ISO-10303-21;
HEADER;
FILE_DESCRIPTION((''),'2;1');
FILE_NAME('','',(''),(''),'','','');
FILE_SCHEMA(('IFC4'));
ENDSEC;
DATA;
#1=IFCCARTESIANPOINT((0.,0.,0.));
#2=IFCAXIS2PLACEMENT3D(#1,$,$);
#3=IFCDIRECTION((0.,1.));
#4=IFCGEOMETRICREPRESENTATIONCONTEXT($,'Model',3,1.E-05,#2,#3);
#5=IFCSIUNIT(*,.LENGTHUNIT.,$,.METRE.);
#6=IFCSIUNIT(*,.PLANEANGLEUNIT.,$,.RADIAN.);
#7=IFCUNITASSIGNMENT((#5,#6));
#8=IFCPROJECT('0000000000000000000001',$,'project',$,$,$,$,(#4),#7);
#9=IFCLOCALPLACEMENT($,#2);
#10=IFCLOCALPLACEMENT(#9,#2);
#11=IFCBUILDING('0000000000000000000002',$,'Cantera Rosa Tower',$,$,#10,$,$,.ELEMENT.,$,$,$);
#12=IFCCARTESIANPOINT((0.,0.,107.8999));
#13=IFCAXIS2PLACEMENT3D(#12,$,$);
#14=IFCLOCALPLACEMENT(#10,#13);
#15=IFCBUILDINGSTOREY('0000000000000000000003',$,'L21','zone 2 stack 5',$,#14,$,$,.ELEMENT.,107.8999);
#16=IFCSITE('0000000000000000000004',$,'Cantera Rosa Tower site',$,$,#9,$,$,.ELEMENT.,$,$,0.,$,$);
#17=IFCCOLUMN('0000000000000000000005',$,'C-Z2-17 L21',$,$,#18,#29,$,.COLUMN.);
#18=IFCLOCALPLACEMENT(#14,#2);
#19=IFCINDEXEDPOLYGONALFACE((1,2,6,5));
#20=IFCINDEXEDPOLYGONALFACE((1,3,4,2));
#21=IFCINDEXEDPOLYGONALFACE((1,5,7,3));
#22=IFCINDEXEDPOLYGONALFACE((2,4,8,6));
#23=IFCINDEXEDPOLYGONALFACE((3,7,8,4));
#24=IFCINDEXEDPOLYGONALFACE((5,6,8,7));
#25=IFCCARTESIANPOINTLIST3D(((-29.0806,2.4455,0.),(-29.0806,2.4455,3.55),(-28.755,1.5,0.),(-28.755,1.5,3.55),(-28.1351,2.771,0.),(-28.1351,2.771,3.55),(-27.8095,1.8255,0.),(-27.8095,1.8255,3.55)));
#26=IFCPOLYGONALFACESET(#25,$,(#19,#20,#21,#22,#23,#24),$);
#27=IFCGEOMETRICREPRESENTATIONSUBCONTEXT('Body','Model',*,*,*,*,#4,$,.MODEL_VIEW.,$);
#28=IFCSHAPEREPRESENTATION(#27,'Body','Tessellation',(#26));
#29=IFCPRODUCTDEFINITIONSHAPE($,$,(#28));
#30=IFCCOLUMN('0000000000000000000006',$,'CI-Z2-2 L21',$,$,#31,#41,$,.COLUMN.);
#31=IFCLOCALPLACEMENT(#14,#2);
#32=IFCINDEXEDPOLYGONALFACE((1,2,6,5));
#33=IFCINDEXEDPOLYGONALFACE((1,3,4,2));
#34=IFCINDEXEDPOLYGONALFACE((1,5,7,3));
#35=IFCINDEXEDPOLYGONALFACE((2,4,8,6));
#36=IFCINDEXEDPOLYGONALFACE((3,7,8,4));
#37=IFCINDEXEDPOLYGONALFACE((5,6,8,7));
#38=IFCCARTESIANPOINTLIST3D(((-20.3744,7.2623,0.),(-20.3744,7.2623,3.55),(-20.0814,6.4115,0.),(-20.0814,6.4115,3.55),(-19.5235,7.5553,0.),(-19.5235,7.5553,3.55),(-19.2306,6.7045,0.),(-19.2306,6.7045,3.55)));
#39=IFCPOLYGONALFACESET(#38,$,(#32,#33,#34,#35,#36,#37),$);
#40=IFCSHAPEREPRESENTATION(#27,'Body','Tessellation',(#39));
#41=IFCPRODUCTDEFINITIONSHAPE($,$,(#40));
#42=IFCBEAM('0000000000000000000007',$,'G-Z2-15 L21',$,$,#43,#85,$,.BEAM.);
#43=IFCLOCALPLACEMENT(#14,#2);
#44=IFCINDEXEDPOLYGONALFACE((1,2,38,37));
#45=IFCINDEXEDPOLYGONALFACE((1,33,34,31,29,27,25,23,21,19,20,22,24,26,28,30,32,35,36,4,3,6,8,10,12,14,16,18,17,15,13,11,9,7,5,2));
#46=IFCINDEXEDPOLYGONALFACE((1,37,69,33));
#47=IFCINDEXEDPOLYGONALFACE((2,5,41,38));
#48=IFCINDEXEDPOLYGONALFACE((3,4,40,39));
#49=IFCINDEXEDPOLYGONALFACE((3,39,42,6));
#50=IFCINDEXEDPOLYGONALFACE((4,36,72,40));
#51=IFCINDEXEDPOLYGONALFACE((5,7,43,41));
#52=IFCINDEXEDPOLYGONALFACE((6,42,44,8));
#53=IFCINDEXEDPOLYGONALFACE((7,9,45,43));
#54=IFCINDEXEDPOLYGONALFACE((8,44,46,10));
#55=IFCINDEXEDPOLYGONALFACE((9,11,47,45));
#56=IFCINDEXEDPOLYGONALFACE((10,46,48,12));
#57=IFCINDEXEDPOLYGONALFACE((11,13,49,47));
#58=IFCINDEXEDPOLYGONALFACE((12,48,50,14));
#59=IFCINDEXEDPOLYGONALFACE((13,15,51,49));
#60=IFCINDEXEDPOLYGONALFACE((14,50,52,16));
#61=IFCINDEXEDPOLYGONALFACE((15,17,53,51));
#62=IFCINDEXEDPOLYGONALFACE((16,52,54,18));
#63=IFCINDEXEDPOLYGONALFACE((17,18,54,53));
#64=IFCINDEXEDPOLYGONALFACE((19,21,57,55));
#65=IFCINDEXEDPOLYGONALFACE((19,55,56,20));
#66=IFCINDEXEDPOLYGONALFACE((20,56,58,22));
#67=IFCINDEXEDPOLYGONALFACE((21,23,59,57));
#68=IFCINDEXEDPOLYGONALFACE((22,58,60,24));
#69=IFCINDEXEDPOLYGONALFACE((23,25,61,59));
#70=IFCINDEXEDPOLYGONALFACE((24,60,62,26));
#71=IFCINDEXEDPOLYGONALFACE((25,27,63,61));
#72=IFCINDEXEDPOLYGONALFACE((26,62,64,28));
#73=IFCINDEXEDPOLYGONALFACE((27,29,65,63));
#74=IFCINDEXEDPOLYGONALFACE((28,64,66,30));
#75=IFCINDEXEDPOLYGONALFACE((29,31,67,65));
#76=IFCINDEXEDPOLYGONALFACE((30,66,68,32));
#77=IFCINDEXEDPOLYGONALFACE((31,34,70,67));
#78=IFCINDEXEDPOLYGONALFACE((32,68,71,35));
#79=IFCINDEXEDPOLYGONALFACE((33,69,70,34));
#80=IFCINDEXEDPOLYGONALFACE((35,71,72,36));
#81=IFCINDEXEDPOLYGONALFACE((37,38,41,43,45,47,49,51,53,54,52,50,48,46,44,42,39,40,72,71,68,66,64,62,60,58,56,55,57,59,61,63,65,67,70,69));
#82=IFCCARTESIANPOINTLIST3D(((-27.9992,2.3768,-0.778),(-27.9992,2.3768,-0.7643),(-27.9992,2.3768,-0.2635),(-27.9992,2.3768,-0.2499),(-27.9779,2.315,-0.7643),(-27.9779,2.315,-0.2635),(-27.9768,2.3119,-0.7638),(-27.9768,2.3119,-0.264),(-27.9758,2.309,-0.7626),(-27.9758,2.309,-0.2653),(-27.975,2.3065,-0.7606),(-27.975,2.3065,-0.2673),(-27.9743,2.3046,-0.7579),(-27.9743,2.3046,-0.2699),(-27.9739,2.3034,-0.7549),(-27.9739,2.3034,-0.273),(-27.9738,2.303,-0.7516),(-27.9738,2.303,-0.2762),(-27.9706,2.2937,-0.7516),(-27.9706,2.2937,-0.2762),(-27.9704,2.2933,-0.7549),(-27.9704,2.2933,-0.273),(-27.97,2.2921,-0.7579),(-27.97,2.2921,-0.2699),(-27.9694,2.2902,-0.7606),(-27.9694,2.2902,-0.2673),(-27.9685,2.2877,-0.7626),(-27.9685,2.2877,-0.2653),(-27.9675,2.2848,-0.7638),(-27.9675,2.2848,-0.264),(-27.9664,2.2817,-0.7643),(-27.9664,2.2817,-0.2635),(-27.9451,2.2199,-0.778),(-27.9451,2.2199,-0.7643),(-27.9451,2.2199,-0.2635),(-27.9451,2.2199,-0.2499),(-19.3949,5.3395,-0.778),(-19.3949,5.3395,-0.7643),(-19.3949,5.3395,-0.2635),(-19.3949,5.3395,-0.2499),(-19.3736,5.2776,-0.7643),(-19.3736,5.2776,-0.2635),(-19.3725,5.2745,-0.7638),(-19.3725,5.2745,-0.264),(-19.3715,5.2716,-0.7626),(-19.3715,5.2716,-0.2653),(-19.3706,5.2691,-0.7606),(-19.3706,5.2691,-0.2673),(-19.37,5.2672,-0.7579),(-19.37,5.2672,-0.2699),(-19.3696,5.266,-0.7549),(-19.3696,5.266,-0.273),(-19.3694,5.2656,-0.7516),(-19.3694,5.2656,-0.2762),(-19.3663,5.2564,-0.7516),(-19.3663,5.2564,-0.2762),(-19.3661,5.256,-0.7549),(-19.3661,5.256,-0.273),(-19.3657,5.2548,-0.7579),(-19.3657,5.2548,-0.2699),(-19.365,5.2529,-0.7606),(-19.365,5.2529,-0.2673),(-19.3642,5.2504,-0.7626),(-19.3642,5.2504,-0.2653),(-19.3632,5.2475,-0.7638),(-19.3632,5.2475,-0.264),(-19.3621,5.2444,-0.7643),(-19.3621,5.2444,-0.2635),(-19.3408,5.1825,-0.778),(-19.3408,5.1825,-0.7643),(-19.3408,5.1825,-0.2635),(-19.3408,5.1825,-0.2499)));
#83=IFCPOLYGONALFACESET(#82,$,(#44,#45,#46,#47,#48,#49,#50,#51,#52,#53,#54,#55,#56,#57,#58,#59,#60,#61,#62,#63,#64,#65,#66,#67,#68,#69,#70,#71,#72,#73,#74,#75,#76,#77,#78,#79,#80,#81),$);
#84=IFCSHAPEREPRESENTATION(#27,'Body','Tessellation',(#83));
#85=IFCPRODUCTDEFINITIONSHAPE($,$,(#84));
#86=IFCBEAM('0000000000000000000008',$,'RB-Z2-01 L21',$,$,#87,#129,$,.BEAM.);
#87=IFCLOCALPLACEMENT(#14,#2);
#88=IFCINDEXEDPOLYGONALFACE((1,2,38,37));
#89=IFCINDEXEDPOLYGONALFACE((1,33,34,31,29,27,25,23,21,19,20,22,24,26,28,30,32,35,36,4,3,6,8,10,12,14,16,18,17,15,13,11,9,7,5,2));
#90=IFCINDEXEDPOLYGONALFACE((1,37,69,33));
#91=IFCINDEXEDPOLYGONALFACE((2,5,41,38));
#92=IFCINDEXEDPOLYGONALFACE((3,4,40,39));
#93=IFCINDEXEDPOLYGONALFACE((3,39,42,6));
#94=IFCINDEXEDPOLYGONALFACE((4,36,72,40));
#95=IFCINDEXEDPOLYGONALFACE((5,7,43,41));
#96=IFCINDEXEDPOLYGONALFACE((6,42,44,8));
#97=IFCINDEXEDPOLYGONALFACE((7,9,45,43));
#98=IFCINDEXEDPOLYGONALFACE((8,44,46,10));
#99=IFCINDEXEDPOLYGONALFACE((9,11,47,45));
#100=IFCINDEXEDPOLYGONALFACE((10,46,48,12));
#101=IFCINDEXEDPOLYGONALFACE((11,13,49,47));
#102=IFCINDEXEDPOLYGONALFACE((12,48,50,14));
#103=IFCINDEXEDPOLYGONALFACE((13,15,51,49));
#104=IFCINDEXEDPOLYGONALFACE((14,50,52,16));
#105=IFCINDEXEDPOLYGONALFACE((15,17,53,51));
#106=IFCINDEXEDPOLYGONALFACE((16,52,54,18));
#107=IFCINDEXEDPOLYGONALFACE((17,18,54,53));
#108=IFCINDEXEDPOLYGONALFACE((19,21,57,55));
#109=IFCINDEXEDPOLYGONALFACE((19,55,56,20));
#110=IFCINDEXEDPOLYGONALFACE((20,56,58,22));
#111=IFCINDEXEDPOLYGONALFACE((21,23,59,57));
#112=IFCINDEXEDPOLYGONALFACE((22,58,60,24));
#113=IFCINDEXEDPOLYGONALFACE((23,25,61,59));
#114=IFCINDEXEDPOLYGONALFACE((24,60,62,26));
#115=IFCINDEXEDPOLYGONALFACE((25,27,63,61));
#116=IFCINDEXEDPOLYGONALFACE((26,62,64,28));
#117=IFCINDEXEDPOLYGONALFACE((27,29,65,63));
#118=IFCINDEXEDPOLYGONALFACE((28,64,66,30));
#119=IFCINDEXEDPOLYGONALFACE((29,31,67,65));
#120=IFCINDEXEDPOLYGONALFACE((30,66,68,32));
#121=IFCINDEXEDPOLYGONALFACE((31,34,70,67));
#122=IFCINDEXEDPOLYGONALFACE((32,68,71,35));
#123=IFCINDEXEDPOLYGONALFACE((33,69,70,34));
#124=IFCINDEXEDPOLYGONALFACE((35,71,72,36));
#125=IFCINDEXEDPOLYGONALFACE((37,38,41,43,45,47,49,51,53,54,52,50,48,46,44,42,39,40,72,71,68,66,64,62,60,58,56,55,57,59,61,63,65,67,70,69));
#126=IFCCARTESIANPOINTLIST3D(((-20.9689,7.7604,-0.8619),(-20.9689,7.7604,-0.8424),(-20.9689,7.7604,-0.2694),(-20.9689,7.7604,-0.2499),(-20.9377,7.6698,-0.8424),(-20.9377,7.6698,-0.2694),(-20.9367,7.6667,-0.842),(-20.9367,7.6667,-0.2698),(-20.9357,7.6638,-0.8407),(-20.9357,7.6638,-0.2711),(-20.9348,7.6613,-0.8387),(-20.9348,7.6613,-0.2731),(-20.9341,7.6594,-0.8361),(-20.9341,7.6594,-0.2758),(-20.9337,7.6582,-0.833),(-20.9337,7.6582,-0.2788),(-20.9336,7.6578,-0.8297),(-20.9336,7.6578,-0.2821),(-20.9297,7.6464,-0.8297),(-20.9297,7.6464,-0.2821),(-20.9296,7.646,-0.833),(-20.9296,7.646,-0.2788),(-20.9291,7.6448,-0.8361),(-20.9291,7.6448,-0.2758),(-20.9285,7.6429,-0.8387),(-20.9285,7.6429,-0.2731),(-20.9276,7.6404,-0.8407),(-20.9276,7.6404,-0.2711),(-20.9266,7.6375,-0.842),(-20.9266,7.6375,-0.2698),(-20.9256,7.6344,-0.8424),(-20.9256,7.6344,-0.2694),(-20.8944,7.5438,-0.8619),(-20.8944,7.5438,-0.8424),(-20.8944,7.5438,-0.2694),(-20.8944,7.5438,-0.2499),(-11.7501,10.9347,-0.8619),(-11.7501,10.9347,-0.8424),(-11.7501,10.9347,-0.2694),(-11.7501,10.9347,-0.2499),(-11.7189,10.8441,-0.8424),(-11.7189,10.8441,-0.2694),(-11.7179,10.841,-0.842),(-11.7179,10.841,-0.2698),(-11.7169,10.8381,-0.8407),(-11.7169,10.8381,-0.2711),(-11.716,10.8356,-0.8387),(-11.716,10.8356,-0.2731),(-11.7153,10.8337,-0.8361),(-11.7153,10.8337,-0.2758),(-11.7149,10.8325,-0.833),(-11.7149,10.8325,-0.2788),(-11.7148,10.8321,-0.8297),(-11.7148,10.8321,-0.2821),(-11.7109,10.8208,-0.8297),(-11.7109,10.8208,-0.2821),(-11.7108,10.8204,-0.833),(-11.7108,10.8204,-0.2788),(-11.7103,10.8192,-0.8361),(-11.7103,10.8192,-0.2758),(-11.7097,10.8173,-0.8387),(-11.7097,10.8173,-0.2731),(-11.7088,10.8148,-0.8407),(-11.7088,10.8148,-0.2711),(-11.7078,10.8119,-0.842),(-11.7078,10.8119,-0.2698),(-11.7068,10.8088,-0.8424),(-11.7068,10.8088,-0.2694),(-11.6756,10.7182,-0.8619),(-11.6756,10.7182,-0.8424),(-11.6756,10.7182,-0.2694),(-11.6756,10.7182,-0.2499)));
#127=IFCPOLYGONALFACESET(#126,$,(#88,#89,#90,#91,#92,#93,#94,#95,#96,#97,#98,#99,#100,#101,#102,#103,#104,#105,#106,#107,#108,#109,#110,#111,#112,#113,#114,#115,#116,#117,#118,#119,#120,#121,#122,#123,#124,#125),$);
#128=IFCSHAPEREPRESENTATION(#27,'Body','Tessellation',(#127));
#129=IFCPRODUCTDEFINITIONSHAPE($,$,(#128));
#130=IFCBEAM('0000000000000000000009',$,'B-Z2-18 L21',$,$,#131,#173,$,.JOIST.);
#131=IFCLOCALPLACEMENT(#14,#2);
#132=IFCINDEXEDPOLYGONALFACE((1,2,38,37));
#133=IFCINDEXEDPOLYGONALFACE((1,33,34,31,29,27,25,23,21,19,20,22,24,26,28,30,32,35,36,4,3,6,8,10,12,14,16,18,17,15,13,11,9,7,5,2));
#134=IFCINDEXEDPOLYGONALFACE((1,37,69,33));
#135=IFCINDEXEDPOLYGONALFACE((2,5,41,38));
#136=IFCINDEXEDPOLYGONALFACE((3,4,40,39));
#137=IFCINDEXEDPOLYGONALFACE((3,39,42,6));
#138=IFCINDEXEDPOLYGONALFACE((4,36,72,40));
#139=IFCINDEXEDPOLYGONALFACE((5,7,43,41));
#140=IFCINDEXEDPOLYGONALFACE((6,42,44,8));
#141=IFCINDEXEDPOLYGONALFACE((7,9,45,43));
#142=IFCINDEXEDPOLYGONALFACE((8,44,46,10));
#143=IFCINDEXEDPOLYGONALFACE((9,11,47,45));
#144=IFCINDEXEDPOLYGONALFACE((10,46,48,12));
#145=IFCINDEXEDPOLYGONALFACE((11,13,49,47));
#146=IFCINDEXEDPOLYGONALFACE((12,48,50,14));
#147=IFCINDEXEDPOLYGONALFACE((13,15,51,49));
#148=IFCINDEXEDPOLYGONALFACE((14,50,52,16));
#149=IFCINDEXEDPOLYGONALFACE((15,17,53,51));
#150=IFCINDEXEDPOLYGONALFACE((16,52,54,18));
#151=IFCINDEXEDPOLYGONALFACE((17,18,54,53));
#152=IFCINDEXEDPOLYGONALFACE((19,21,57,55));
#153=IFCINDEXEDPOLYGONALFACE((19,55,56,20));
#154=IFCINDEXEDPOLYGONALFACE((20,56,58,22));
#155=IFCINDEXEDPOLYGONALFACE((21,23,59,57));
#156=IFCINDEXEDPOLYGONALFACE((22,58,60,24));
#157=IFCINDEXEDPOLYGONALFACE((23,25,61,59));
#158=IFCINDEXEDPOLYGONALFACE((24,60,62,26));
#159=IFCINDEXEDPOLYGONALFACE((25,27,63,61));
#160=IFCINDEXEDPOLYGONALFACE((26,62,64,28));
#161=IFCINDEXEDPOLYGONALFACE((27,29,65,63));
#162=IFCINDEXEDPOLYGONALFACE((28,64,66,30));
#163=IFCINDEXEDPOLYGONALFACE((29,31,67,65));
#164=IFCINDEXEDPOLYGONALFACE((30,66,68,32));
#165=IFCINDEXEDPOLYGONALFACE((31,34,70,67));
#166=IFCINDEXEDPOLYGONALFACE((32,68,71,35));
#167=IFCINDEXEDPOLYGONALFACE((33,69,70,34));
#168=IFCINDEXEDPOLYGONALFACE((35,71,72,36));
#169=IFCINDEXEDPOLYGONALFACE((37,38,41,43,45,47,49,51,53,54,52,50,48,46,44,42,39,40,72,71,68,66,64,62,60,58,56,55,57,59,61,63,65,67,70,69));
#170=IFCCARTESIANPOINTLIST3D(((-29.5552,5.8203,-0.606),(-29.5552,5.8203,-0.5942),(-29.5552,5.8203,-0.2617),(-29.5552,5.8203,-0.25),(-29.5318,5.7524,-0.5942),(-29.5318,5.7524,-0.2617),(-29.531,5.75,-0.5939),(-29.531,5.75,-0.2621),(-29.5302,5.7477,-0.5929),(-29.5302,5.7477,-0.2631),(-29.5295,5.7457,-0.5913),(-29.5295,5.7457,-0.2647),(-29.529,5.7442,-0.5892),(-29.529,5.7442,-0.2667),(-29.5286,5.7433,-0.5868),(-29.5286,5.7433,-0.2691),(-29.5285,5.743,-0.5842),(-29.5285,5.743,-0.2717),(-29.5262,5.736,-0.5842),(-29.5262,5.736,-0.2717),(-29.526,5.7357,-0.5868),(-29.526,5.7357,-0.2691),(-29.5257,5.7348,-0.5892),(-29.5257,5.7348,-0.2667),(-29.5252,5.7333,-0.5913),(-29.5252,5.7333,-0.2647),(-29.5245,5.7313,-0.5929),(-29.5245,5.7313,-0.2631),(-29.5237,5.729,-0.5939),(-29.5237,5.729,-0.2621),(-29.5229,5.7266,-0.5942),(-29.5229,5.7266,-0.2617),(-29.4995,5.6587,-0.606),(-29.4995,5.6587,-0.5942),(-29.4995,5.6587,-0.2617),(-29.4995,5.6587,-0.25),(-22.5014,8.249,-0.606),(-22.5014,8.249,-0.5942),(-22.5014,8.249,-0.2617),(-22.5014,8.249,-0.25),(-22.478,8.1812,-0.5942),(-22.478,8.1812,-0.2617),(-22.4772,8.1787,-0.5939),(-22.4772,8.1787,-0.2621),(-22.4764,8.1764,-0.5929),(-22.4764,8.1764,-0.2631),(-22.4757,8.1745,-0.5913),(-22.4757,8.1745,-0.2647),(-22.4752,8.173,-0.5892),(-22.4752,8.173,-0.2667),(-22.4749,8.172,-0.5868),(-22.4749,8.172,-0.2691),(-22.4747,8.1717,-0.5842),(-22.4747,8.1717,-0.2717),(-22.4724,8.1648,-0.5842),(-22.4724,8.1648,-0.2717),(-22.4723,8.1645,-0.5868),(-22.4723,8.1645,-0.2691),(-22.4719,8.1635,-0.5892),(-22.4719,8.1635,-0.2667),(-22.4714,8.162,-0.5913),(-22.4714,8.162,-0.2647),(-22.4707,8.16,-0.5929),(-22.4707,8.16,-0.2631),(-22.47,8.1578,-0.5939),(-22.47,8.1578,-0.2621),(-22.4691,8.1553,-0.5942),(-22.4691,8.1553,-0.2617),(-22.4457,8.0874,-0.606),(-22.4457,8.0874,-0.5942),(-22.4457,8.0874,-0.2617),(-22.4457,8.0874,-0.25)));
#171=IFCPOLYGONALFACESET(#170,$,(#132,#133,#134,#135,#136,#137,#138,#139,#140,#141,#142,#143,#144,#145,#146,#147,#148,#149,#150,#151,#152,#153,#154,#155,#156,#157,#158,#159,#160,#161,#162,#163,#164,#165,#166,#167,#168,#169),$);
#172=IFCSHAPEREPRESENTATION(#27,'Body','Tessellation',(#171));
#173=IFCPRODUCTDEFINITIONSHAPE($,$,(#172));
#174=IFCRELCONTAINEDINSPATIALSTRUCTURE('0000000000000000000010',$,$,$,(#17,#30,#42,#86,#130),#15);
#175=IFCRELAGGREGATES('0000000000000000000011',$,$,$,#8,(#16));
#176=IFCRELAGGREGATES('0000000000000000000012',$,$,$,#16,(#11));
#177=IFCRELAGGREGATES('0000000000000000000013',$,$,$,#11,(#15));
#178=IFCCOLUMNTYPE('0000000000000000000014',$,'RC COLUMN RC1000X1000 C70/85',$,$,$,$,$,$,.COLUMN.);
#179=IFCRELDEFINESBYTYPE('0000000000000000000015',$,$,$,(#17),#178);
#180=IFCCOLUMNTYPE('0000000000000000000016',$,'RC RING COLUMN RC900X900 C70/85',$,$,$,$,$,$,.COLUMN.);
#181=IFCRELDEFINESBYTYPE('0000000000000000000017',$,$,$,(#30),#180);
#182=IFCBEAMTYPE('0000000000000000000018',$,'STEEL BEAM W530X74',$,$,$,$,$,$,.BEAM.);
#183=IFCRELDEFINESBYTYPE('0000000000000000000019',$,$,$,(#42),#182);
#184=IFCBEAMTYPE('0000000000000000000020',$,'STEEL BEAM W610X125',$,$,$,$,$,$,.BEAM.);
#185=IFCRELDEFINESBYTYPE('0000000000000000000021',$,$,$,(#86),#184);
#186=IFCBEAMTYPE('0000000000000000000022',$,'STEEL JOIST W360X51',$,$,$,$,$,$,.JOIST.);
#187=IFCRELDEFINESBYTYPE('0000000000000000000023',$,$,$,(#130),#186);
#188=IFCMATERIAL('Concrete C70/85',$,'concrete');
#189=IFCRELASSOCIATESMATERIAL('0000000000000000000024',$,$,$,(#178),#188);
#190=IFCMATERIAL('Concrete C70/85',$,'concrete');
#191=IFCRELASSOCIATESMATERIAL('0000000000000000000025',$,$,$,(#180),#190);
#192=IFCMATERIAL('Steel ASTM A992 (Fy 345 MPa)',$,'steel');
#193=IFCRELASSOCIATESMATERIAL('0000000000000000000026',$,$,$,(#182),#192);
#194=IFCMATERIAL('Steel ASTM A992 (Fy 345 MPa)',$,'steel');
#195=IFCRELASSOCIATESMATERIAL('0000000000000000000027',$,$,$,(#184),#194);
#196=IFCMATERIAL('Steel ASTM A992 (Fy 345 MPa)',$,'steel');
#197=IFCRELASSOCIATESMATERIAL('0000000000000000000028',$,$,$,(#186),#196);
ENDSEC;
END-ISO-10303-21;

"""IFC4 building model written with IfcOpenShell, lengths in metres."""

from ifc_helpers import new_model, si_unit, direction, frame, origin, origin_2d, place, context, subcontext, project, spatial, rectangle, i_section, extrude, material, material_profile, profile_set, type_object, element, save


model = new_model("IFC4")

# Units and contexts
model_context = context("Model", 3, precision=1e-05, world=origin(), true_north=direction((0.0, 1.0)))
body_context = subcontext(model_context, "Body", "Model", "MODEL_VIEW")
ifc_project = project(units=[si_unit("LENGTHUNIT", "METRE"), si_unit("PLANEANGLEUNIT", "RADIAN")], contexts=[model_context])

# Site, building, storey
site_placement = place(None, origin())
site = spatial("IfcSite", under=ifc_project, at=site_placement, Name="Cantera Rosa Tower site", CompositionType="ELEMENT", RefElevation=0.0)
building_placement = place(site_placement, origin())
building = spatial("IfcBuilding", under=site, at=building_placement, Name="Cantera Rosa Tower", CompositionType="ELEMENT")
storey_placement = place(building_placement, frame((0.0, 0.0, 107.8999)))
storey = spatial("IfcBuildingStorey", under=building, at=storey_placement, Name="L21", Description="zone 2 stack 5", CompositionType="ELEMENT", Elevation=107.8999)

# Columns
ifc_material_1 = material(Name="Concrete C70/85", Category="concrete")
ifc_material_profile_1 = material_profile(ifc_material_1, rectangle(XDim=1.0, YDim=1.0, at=origin_2d()), Name="RC COLUMN RC1000X1000 C70/85")
ifc_profile_set_1 = profile_set([ifc_material_profile_1], Name="Concrete C70/85")
column_type_1 = type_object("IfcColumnType", Name="RC COLUMN RC1000X1000 C70/85", PredefinedType="COLUMN", material=ifc_profile_set_1)
column_1_placement = place(storey_placement, frame((-28.4451, 2.1355, 0.0), z_axis=(0.0, 0.0, 1.0), x_axis=(0.945519, 0.325568, 0.0)))
element("IfcColumn", 1, at=column_1_placement, inside=storey, type_object=column_type_1, Name="C-Z2-17 L21", PredefinedType="COLUMN", context=body_context, shape_type="SweptSolid", body=[
    extrude(rectangle(XDim=1.0, YDim=1.0, at=origin_2d()), origin(), (0.0, 0.0, 1.0), 3.55),
])
ifc_material_2 = material(Name="Concrete C70/85", Category="concrete")
ifc_material_profile_2 = material_profile(ifc_material_2, rectangle(XDim=0.8999, YDim=0.8999, at=origin_2d()), Name="RC RING COLUMN RC900X900 C70/85")
ifc_profile_set_2 = profile_set([ifc_material_profile_2], Name="Concrete C70/85")
column_type_2 = type_object("IfcColumnType", Name="RC RING COLUMN RC900X900 C70/85", PredefinedType="COLUMN", material=ifc_profile_set_2)
column_2_placement = place(storey_placement, frame((-19.8025, 6.9834, 0.0), z_axis=(0.0, 0.0, 1.0), x_axis=(0.945519, 0.325568, 0.0)))
element("IfcColumn", 2, at=column_2_placement, inside=storey, type_object=column_type_2, Name="CI-Z2-2 L21", PredefinedType="COLUMN", context=body_context, shape_type="SweptSolid", body=[
    extrude(rectangle(XDim=0.8999, YDim=0.8999, at=origin_2d()), origin(), (0.0, 0.0, 1.0), 3.55),
])

# Beams
ifc_material_3 = material(Name="Steel ASTM A992 (Fy 345 MPa)", Category="steel")
ifc_material_profile_3 = material_profile(ifc_material_3, i_section(OverallWidth=0.166, OverallDepth=0.5281, WebThickness=0.0098, FlangeThickness=0.0137, FilletRadius=0.0127, at=origin_2d()), Name="W530X74")
ifc_profile_set_3 = profile_set([ifc_material_profile_3], Name="Steel ASTM A992 (Fy 345 MPa)")
beam_type_1 = type_object("IfcBeamType", Name="STEEL BEAM W530X74", PredefinedType="BEAM", material=ifc_profile_set_3)
beam_1_placement = place(storey_placement, frame((-27.9722, 2.2983, -0.5139), z_axis=(0.94552, 0.325565, 0.0), x_axis=(-0.325565, 0.94552, 0.0)))
element("IfcBeam", 3, at=beam_1_placement, inside=storey, type_object=beam_type_1, Name="G-Z2-15 L21", PredefinedType="BEAM", context=body_context, shape_type="SweptSolid", body=[
    extrude(i_section(OverallWidth=0.166, OverallDepth=0.5281, WebThickness=0.0098, FlangeThickness=0.0137, FilletRadius=0.0127, at=origin_2d()), origin(), (0.0, 0.0, 1.0), 9.1001),
])
ifc_material_4 = material(Name="Steel ASTM A992 (Fy 345 MPa)", Category="steel")
ifc_material_profile_4 = material_profile(ifc_material_4, i_section(OverallWidth=0.229, OverallDepth=0.6121, WebThickness=0.012, FlangeThickness=0.0195, FilletRadius=0.0127, at=origin_2d()), Name="W610X125")
ifc_profile_set_4 = profile_set([ifc_material_profile_4], Name="Steel ASTM A992 (Fy 345 MPa)")
beam_type_2 = type_object("IfcBeamType", Name="STEEL BEAM W610X125", PredefinedType="BEAM", material=ifc_profile_set_4)
beam_2_placement = place(storey_placement, frame((-20.9316, 7.6521, -0.5559), z_axis=(0.945517, 0.325572, 0.0), x_axis=(-0.325572, 0.945517, 0.0)))
element("IfcBeam", 4, at=beam_2_placement, inside=storey, type_object=beam_type_2, Name="RB-Z2-01 L21", PredefinedType="BEAM", context=body_context, shape_type="SweptSolid", body=[
    extrude(i_section(OverallWidth=0.229, OverallDepth=0.6121, WebThickness=0.012, FlangeThickness=0.0195, FilletRadius=0.0127, at=origin_2d()), origin(), (0.0, 0.0, 1.0), 9.75),
])
ifc_material_5 = material(Name="Steel ASTM A992 (Fy 345 MPa)", Category="steel")
ifc_material_profile_5 = material_profile(ifc_material_5, i_section(OverallWidth=0.1709, OverallDepth=0.356, WebThickness=0.0073, FlangeThickness=0.0117, FilletRadius=0.01, at=origin_2d()), Name="W360X51")
ifc_profile_set_5 = profile_set([ifc_material_profile_5], Name="Steel ASTM A992 (Fy 345 MPa)")
beam_type_3 = type_object("IfcBeamType", Name="STEEL JOIST W360X51", PredefinedType="JOIST", material=ifc_profile_set_5)
beam_3_placement = place(storey_placement, frame((-29.5273, 5.7395, -0.428), z_axis=(0.945522, 0.325559, 0.0), x_axis=(-0.325559, 0.945522, 0.0)))
element("IfcBeam", 5, at=beam_3_placement, inside=storey, type_object=beam_type_3, Name="B-Z2-18 L21", PredefinedType="JOIST", context=body_context, shape_type="SweptSolid", body=[
    extrude(i_section(OverallWidth=0.1709, OverallDepth=0.356, WebThickness=0.0073, FlangeThickness=0.0117, FilletRadius=0.01, at=origin_2d()), origin(), (0.0, 0.0, 1.0), 7.4602),
])

save(model, "model.ifc")
